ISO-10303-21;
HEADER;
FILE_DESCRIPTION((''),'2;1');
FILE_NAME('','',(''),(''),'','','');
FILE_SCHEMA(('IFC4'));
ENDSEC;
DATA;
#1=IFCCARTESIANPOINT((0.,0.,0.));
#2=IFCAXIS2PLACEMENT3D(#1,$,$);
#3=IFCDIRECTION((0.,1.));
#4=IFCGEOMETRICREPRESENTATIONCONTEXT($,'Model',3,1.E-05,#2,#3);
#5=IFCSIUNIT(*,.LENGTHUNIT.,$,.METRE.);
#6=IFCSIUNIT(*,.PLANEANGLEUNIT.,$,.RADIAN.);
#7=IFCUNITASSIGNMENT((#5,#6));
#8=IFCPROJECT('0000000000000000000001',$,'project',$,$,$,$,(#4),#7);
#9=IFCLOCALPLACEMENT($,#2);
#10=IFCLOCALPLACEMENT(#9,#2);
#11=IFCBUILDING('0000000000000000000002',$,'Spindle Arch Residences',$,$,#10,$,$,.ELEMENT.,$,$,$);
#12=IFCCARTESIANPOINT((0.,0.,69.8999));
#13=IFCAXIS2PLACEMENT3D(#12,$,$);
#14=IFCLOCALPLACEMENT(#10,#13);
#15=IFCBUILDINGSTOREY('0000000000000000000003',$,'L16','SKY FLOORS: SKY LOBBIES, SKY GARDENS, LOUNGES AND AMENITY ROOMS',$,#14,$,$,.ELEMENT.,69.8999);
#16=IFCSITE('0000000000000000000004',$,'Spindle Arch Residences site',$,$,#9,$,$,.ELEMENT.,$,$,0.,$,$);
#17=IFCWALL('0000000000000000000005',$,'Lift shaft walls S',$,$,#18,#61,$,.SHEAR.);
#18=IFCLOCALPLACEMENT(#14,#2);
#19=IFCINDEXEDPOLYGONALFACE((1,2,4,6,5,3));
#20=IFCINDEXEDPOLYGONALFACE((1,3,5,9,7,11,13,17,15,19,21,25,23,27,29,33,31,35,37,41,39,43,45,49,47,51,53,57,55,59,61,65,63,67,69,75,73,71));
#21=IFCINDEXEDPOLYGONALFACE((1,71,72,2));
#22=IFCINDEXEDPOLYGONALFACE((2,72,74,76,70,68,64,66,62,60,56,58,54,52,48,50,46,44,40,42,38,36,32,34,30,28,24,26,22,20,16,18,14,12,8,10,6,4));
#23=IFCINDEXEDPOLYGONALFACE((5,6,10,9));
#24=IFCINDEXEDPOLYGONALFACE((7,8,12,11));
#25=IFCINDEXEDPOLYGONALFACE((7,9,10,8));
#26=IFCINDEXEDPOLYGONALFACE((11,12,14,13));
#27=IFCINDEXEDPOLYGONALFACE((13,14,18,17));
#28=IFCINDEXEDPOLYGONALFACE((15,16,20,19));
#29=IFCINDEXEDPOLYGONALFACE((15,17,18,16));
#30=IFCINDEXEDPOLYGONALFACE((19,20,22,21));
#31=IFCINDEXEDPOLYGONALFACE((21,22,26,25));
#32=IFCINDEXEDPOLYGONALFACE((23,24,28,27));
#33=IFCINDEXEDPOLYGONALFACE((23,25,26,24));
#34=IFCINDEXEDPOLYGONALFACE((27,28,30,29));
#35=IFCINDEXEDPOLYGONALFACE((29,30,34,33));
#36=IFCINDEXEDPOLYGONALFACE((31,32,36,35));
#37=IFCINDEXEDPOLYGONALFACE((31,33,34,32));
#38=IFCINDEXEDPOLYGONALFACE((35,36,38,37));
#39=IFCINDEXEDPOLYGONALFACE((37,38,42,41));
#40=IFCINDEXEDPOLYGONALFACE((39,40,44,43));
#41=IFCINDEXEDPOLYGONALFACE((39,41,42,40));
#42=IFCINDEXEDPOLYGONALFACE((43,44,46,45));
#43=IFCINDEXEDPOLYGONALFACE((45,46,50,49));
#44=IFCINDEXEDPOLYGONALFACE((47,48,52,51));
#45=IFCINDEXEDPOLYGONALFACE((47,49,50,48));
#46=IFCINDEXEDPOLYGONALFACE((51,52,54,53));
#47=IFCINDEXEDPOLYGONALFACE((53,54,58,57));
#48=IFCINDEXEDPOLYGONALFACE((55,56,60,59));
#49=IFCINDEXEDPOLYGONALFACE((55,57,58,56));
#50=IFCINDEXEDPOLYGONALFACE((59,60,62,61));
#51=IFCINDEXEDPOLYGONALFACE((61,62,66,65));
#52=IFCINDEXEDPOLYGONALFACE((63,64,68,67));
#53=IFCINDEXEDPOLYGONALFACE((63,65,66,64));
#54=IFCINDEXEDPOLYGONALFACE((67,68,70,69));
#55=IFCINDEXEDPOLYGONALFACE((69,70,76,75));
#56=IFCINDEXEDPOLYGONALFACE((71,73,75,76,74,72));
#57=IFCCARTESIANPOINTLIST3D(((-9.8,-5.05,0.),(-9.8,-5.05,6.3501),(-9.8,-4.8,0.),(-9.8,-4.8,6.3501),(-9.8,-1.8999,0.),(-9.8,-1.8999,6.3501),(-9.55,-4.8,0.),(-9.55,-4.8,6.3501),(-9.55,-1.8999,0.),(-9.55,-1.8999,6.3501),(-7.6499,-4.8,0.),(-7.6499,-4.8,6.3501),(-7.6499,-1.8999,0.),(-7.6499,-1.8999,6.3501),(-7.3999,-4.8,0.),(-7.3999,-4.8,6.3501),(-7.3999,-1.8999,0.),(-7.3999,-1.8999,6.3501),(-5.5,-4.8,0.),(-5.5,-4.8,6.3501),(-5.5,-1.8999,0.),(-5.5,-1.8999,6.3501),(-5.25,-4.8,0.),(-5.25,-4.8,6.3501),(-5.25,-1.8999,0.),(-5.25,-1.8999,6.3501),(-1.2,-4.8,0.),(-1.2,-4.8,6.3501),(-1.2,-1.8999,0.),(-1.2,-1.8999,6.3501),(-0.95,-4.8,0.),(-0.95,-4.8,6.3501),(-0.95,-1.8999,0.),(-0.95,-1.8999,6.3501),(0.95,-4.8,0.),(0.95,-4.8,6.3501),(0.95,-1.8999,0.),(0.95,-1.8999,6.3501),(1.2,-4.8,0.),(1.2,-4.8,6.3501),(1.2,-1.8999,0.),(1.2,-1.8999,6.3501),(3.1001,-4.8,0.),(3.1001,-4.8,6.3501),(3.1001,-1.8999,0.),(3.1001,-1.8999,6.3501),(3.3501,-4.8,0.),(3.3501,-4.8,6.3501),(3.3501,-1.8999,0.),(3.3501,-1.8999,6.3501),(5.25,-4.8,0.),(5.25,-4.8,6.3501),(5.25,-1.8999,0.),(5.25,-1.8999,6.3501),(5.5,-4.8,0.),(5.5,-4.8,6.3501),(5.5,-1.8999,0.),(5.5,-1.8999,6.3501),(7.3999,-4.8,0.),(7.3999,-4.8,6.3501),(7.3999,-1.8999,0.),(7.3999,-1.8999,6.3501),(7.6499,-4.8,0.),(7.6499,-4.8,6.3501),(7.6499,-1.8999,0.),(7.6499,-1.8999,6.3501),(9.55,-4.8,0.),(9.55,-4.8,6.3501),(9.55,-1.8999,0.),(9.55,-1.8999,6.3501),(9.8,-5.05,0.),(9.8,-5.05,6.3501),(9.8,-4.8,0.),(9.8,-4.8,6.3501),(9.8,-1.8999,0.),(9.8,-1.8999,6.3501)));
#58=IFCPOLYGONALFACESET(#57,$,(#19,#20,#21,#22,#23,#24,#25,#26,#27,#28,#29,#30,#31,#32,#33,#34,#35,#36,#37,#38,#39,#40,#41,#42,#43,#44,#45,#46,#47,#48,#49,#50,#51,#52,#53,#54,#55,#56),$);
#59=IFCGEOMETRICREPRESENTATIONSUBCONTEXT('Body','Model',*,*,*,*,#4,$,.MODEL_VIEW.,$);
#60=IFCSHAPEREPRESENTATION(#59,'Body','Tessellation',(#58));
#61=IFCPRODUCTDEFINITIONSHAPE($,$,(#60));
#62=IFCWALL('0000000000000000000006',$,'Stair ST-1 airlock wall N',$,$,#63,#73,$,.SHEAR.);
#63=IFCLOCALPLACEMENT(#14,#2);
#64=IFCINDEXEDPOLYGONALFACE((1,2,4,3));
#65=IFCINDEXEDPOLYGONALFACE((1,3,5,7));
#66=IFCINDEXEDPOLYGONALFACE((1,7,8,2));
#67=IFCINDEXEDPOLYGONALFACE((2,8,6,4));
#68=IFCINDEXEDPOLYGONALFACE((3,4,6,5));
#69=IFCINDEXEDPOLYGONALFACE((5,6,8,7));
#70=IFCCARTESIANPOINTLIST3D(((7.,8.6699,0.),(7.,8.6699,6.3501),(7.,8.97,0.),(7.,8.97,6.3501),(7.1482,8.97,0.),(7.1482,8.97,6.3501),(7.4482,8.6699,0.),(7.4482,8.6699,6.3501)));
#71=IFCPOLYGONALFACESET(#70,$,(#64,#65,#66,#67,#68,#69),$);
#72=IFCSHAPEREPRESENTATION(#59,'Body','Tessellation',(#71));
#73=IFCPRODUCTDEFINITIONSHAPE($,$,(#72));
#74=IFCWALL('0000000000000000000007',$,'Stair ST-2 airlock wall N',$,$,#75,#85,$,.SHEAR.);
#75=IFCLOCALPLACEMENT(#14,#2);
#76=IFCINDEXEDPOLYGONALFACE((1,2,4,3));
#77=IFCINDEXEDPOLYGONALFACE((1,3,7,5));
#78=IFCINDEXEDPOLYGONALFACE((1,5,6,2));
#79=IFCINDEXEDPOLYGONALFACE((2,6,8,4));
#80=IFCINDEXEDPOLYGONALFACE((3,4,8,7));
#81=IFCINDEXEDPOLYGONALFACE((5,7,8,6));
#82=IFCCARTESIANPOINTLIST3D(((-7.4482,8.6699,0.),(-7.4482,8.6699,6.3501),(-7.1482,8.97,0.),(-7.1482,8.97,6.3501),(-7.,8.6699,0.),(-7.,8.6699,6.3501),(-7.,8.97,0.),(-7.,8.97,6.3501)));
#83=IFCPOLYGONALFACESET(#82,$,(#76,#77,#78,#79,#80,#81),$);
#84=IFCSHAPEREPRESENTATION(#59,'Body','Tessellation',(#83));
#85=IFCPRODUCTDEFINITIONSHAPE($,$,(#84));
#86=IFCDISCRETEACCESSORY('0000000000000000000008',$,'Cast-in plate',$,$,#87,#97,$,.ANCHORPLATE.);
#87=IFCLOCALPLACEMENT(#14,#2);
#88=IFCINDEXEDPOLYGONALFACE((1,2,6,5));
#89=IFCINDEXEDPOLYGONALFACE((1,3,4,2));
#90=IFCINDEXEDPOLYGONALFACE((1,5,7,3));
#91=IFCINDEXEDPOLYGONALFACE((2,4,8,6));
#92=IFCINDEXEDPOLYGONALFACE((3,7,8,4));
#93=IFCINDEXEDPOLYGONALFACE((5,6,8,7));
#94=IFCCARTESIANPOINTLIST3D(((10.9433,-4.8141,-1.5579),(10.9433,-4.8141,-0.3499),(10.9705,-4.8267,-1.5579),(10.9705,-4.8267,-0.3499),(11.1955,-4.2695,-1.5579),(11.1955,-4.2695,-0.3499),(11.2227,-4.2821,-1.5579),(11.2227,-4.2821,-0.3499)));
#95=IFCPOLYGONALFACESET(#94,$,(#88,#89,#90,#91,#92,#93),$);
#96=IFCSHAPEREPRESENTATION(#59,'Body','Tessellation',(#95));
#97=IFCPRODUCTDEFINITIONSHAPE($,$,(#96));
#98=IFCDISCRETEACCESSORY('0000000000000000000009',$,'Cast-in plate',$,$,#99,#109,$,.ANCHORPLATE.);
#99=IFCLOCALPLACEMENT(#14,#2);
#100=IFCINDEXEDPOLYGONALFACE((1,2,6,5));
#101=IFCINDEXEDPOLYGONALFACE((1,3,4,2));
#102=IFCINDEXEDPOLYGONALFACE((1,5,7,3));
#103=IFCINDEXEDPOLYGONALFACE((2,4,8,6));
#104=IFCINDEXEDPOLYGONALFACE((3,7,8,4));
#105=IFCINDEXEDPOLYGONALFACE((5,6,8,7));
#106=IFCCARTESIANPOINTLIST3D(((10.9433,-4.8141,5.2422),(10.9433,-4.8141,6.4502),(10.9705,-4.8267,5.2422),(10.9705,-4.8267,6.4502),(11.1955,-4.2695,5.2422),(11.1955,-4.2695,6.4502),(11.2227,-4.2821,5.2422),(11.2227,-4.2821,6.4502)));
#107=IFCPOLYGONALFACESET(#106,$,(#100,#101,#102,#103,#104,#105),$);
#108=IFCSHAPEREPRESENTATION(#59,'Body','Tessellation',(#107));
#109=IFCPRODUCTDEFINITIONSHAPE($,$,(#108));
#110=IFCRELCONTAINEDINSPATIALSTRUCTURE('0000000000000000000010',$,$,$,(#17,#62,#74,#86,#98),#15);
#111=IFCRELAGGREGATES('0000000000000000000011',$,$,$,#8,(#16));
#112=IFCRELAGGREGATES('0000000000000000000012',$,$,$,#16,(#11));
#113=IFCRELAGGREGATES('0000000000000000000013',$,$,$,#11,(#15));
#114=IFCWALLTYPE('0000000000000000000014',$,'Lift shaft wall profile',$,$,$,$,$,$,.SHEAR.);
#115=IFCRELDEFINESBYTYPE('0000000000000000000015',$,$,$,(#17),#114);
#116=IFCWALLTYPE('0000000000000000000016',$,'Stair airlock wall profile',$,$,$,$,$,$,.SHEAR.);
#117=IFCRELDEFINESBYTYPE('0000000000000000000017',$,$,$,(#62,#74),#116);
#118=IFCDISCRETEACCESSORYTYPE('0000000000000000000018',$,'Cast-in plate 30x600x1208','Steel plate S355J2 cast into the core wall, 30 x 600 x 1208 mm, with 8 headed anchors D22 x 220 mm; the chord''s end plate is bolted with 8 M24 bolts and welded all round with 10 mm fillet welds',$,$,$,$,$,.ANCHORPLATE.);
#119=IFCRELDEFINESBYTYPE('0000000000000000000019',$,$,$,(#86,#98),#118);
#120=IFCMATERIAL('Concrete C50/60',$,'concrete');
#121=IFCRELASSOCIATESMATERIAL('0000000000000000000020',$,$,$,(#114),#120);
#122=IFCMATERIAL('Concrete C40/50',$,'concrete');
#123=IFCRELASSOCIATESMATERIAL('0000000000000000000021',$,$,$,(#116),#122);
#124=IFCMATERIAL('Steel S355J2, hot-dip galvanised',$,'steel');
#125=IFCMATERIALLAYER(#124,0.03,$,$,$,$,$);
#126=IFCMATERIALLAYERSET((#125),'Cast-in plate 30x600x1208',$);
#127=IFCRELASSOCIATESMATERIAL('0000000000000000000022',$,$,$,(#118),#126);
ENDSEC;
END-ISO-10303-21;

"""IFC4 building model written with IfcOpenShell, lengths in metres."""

from ifc_helpers import new_model, si_unit, direction, frame, origin, origin_2d, place, context, subcontext, project, spatial, polyline, rectangle, outline, extrude, material, layer, layer_set, type_object, element, save


model = new_model("IFC4")

# Units and contexts
model_context = context("Model", 3, precision=1e-05, world=origin(), true_north=direction((0.0, 1.0)))
body_context = subcontext(model_context, "Body", "Model", "MODEL_VIEW")
ifc_project = project(units=[si_unit("LENGTHUNIT", "METRE"), si_unit("PLANEANGLEUNIT", "RADIAN")], contexts=[model_context])

# Site, building, storey
site_placement = place(None, origin())
site = spatial("IfcSite", under=ifc_project, at=site_placement, Name="Spindle Arch Residences site", CompositionType="ELEMENT", RefElevation=0.0)
building_placement = place(site_placement, origin())
building = spatial("IfcBuilding", under=site, at=building_placement, Name="Spindle Arch Residences", CompositionType="ELEMENT")
storey_placement = place(building_placement, frame((0.0, 0.0, 69.8999)))
storey = spatial("IfcBuildingStorey", under=building, at=storey_placement, Name="L16", Description="SKY FLOORS: SKY LOBBIES, SKY GARDENS, LOUNGES AND AMENITY ROOMS", CompositionType="ELEMENT", Elevation=69.8999)

# Walls
ifc_material_1 = material(Name="Concrete C50/60", Category="concrete")
wall_type_1 = type_object("IfcWallType", Name="Lift shaft wall profile", PredefinedType="SHEAR", material=ifc_material_1)
wall_1_placement = place(storey_placement, origin())
element("IfcWall", 1, at=wall_1_placement, inside=storey, type_object=wall_type_1, Name="Lift shaft walls S", PredefinedType="SHEAR", context=body_context, shape_type="SweptSolid", body=[
    extrude(outline(polyline([(9.8, -5.05), (9.8, -4.8), (9.8, -1.8999), (9.55, -1.8999), (9.55, -4.8), (7.6499, -4.8), (7.6499, -1.8999), (7.3999, -1.8999), (7.3999, -4.8), (5.5, -4.8), (5.5, -1.8999), (5.25, -1.8999), (5.25, -4.8), (3.3501, -4.8), (3.3501, -1.8999), (3.1001, -1.8999), (3.1001, -4.8), (1.2, -4.8), (1.2, -1.8999), (0.95, -1.8999), (0.95, -4.8), (-0.95, -4.8), (-0.95, -1.8999), (-1.2, -1.8999), (-1.2, -4.8), (-5.25, -4.8), (-5.25, -1.8999), (-5.5, -1.8999), (-5.5, -4.8), (-7.3999, -4.8), (-7.3999, -1.8999), (-7.6499, -1.8999), (-7.6499, -4.8), (-9.55, -4.8), (-9.55, -1.8999), (-9.8, -1.8999), (-9.8, -4.8), (-9.8, -5.05), (9.8, -5.05)])), origin(), (0.0, 0.0, 1.0), 6.3501),
])
ifc_material_2 = material(Name="Concrete C40/50", Category="concrete")
wall_type_2 = type_object("IfcWallType", Name="Stair airlock wall profile", PredefinedType="SHEAR", material=ifc_material_2)
wall_2_placement = place(storey_placement, origin())
element("IfcWall", 2, at=wall_2_placement, inside=storey, type_object=wall_type_2, Name="Stair ST-1 airlock wall N", PredefinedType="SHEAR", context=body_context, shape_type="SweptSolid", body=[
    extrude(outline(polyline([(7.4482, 8.6699), (7.0, 8.6699), (7.0, 8.97), (7.1482, 8.97), (7.4482, 8.6699)])), origin(), (0.0, 0.0, 1.0), 6.3501),
])
wall_3_placement = place(storey_placement, origin())
element("IfcWall", 3, at=wall_3_placement, inside=storey, type_object=wall_type_2, Name="Stair ST-2 airlock wall N", PredefinedType="SHEAR", context=body_context, shape_type="SweptSolid", body=[
    extrude(outline(polyline([(-7.1482, 8.97), (-7.0, 8.97), (-7.0, 8.6699), (-7.4482, 8.6699), (-7.1482, 8.97)])), origin(), (0.0, 0.0, 1.0), 6.3501),
])

# Discrete accessories
ifc_material_3 = material(Name="Steel S355J2, hot-dip galvanised", Category="steel")
ifc_layer_1 = layer(ifc_material_3, 0.03)
ifc_layer_set_1 = layer_set([ifc_layer_1], Name="Cast-in plate 30x600x1208")
discrete_accessory_type = type_object("IfcDiscreteAccessoryType", Name="Cast-in plate 30x600x1208", Description="Steel plate S355J2 cast into the core wall, 30 x 600 x 1208 mm, with 8 headed anchors D22 x 220 mm; the chord's end plate is bolted with 8 M24 bolts and welded all round with 10 mm fillet welds", PredefinedType="ANCHORPLATE", material=ifc_layer_set_1)
for number, where, z_axis, x_axis, name in (
    (4, (11.083, -4.5481, -1.5579), (0.0, 0.0, 1.0), (0.907402, -0.420263, 0.0), "Cast-in plate"),
    (5, (11.083, -4.5481, 5.2422), (0.0, 0.0, 1.0), (0.907402, -0.420263, 0.0), "Cast-in plate"),
):
    element("IfcDiscreteAccessory", number, at=place(storey_placement, frame(where, z_axis=z_axis, x_axis=x_axis)), inside=storey, type_object=discrete_accessory_type, Name=name, PredefinedType="ANCHORPLATE", context=body_context, shape_type="SweptSolid", body=[
        extrude(rectangle(XDim=0.03, YDim=0.6001, at=origin_2d()), origin(), (0.0, 0.0, 1.0), 1.208),
    ])

save(model, "model.ifc")
